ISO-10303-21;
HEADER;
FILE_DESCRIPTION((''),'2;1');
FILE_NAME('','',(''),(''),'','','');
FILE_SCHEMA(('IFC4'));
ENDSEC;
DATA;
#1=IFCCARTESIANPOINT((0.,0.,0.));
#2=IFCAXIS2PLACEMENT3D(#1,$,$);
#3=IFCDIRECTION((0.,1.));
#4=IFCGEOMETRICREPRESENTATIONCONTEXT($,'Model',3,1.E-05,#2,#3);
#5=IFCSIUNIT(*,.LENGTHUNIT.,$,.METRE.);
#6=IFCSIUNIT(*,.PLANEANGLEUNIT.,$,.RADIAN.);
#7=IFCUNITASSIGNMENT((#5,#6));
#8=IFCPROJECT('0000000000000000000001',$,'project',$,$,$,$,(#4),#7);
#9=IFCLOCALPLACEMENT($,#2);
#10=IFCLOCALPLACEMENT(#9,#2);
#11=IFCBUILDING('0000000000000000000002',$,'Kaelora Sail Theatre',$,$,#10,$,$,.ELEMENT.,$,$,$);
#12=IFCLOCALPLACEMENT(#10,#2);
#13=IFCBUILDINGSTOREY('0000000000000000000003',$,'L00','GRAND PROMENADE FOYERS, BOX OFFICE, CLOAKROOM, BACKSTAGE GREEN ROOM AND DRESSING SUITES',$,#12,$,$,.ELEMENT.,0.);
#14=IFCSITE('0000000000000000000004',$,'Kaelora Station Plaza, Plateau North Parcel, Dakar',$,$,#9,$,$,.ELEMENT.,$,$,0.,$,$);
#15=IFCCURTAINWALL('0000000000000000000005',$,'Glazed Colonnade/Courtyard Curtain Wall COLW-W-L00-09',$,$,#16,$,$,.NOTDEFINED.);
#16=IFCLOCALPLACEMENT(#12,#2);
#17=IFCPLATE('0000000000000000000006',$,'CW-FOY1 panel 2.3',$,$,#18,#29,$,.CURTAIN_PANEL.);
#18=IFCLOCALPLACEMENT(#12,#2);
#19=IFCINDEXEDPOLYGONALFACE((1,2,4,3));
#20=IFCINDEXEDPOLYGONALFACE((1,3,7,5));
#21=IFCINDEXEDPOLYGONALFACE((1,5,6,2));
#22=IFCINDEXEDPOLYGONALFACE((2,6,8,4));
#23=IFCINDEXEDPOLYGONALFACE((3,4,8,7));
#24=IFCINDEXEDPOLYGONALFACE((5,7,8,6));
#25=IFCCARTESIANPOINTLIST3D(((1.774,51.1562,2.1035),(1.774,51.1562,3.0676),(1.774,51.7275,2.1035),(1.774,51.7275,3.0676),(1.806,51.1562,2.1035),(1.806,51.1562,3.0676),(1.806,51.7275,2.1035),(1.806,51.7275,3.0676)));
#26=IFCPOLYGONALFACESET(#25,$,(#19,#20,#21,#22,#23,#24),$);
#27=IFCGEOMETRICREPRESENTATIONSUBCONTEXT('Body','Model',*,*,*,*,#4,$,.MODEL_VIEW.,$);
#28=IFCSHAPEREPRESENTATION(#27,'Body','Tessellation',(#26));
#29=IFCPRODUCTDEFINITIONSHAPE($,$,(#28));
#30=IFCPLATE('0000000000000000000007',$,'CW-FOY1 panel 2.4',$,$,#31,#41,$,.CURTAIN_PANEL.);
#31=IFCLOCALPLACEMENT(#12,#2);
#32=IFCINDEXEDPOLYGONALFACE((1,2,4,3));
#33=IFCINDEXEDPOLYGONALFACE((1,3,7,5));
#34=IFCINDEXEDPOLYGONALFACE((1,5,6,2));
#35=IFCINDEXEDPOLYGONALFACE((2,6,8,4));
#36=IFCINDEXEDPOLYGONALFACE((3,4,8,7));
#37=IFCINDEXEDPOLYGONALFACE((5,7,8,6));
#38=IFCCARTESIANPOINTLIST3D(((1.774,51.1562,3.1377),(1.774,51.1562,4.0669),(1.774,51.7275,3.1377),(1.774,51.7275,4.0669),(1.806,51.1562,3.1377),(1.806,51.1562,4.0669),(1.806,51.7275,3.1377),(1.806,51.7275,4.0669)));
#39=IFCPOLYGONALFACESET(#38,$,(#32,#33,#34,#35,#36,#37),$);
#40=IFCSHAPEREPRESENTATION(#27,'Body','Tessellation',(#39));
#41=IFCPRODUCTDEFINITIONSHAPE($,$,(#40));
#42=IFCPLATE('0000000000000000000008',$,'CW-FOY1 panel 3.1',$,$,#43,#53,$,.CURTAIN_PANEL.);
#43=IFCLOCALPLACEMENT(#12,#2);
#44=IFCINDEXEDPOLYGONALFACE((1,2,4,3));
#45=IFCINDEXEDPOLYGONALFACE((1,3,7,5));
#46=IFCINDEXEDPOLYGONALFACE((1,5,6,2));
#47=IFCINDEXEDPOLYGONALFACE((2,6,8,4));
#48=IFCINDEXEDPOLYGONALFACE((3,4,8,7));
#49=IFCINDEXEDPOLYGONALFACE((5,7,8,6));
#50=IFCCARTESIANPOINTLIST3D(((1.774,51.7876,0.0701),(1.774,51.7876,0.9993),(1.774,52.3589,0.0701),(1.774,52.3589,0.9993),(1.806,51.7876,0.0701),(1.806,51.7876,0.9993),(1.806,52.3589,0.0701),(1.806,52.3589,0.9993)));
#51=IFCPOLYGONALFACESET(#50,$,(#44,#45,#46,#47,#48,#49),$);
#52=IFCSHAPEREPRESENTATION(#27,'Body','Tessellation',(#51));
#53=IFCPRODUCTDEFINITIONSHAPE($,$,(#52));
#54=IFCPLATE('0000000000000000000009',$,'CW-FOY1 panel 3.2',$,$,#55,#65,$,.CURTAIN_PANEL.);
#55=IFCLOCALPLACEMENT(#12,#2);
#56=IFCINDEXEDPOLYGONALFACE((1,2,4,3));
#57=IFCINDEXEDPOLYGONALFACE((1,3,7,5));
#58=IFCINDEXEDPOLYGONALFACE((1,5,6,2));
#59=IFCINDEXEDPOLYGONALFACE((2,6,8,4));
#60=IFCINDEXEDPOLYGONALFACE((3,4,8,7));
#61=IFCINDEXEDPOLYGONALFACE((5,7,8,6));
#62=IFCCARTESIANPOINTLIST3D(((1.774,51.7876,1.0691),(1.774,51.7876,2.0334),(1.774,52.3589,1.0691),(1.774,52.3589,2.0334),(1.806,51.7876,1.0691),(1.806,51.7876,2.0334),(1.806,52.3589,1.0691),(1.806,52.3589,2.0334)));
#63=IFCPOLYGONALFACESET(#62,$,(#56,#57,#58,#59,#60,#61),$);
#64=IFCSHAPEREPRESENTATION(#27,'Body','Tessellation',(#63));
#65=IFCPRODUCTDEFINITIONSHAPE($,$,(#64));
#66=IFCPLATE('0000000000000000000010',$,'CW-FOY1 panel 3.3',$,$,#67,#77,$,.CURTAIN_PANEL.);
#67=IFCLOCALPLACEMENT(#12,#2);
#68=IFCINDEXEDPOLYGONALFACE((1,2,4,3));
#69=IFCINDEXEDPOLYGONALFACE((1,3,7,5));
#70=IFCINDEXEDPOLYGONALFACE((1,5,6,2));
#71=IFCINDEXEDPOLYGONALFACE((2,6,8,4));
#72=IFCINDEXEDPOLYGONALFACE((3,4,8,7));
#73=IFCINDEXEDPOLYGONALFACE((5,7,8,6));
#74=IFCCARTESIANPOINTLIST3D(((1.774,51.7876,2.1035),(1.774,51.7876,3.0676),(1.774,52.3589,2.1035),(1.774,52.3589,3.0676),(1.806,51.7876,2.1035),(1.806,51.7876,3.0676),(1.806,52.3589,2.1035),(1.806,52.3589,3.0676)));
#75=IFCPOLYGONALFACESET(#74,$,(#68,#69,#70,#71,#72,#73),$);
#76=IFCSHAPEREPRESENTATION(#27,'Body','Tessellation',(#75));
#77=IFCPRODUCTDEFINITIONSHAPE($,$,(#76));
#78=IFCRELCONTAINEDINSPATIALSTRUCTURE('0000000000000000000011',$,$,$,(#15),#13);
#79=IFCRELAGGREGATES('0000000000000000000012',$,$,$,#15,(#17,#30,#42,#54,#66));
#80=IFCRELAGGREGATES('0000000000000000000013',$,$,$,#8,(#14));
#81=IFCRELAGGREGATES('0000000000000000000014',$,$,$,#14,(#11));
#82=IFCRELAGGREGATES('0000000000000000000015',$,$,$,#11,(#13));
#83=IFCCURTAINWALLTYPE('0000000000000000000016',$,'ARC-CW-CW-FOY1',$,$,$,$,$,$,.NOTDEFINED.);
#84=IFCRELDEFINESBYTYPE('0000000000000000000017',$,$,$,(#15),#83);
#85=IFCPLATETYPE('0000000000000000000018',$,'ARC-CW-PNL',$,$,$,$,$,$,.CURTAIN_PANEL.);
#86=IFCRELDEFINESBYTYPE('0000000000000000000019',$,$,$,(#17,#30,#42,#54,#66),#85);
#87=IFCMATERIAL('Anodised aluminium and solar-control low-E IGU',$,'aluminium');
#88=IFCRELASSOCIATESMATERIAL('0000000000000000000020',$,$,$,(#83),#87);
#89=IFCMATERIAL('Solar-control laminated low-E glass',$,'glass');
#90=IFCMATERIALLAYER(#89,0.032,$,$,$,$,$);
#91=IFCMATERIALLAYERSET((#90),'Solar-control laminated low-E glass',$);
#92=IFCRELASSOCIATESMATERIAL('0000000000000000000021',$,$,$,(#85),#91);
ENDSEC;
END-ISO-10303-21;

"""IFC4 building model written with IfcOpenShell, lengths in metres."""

from ifc_helpers import new_model, si_unit, direction, frame, origin, origin_2d, place, context, subcontext, project, spatial, rectangle, extrude, material, layer, layer_set, type_object, element, aggregate, save


model = new_model("IFC4")

# Units and contexts
model_context = context("Model", 3, precision=1e-05, world=origin(), true_north=direction((0.0, 1.0)))
body_context = subcontext(model_context, "Body", "Model", "MODEL_VIEW")
ifc_project = project(units=[si_unit("LENGTHUNIT", "METRE"), si_unit("PLANEANGLEUNIT", "RADIAN")], contexts=[model_context])

# Site, building, storey
site_placement = place(None, origin())
site = spatial("IfcSite", under=ifc_project, at=site_placement, Name="Kaelora Station Plaza, Plateau North Parcel, Dakar", CompositionType="ELEMENT", RefElevation=0.0)
building_placement = place(site_placement, origin())
building = spatial("IfcBuilding", under=site, at=building_placement, Name="Kaelora Sail Theatre", CompositionType="ELEMENT")
storey_placement = place(building_placement, origin())
storey = spatial("IfcBuildingStorey", under=building, at=storey_placement, Name="L00", Description="GRAND PROMENADE FOYERS, BOX OFFICE, CLOAKROOM, BACKSTAGE GREEN ROOM AND DRESSING SUITES", CompositionType="ELEMENT", Elevation=0.0)

# Curtain wall, plates
ifc_material_1 = material(Name="Anodised aluminium and solar-control low-E IGU", Category="aluminium")
curtain_wall_type = type_object("IfcCurtainWallType", Name="ARC-CW-CW-FOY1", PredefinedType="NOTDEFINED", material=ifc_material_1)
curtain_wall_placement = place(storey_placement, origin())
curtain_wall = element("IfcCurtainWall", 1, at=curtain_wall_placement, inside=storey, type_object=curtain_wall_type, Name="Glazed Colonnade/Courtyard Curtain Wall COLW-W-L00-09", PredefinedType="NOTDEFINED")
ifc_material_2 = material(Name="Solar-control laminated low-E glass", Category="glass")
ifc_layer = layer(ifc_material_2, 0.032)
ifc_layer_set = layer_set([ifc_layer], Name="Solar-control laminated low-E glass")
plate_type = type_object("IfcPlateType", Name="ARC-CW-PNL", PredefinedType="CURTAIN_PANEL", material=ifc_layer_set)
plate_1_placement = place(storey_placement, frame((1.79, 51.4419, 2.1035), z_axis=(0.0, 0.0, 1.0), x_axis=(0.0, 1.0, 0.0)))
plate_1 = element("IfcPlate", 2, at=plate_1_placement, type_object=plate_type, Name="CW-FOY1 panel 2.3", PredefinedType="CURTAIN_PANEL", context=body_context, shape_type="SweptSolid", body=[
    extrude(rectangle(XDim=0.5713, YDim=0.032, at=origin_2d()), origin(), (0.0, 0.0, 1.0), 0.9641),
])
plate_2_placement = place(storey_placement, frame((1.79, 51.4419, 3.1377), z_axis=(0.0, 0.0, 1.0), x_axis=(0.0, 1.0, 0.0)))
plate_2 = element("IfcPlate", 3, at=plate_2_placement, type_object=plate_type, Name="CW-FOY1 panel 2.4", PredefinedType="CURTAIN_PANEL", context=body_context, shape_type="SweptSolid", body=[
    extrude(rectangle(XDim=0.5713, YDim=0.032, at=origin_2d()), origin(), (0.0, 0.0, 1.0), 0.9292),
])
plate_3_placement = place(storey_placement, frame((1.79, 52.0732, 0.0701), z_axis=(0.0, 0.0, 1.0), x_axis=(0.0, 1.0, 0.0)))
plate_3 = element("IfcPlate", 4, at=plate_3_placement, type_object=plate_type, Name="CW-FOY1 panel 3.1", PredefinedType="CURTAIN_PANEL", context=body_context, shape_type="SweptSolid", body=[
    extrude(rectangle(XDim=0.5713, YDim=0.032, at=origin_2d()), origin(), (0.0, 0.0, 1.0), 0.9292),
])
plate_4_placement = place(storey_placement, frame((1.79, 52.0732, 1.0691), z_axis=(0.0, 0.0, 1.0), x_axis=(0.0, 1.0, 0.0)))
plate_4 = element("IfcPlate", 5, at=plate_4_placement, type_object=plate_type, Name="CW-FOY1 panel 3.2", PredefinedType="CURTAIN_PANEL", context=body_context, shape_type="SweptSolid", body=[
    extrude(rectangle(XDim=0.5713, YDim=0.032, at=origin_2d()), origin(), (0.0, 0.0, 1.0), 0.9644),
])
plate_5_placement = place(storey_placement, frame((1.79, 52.0732, 2.1035), z_axis=(0.0, 0.0, 1.0), x_axis=(0.0, 1.0, 0.0)))
plate_5 = element("IfcPlate", 6, at=plate_5_placement, type_object=plate_type, Name="CW-FOY1 panel 3.3", PredefinedType="CURTAIN_PANEL", context=body_context, shape_type="SweptSolid", body=[
    extrude(rectangle(XDim=0.5713, YDim=0.032, at=origin_2d()), origin(), (0.0, 0.0, 1.0), 0.9641),
])
aggregate(curtain_wall, [plate_1, plate_2, plate_3, plate_4, plate_5])

save(model, "model.ifc")
